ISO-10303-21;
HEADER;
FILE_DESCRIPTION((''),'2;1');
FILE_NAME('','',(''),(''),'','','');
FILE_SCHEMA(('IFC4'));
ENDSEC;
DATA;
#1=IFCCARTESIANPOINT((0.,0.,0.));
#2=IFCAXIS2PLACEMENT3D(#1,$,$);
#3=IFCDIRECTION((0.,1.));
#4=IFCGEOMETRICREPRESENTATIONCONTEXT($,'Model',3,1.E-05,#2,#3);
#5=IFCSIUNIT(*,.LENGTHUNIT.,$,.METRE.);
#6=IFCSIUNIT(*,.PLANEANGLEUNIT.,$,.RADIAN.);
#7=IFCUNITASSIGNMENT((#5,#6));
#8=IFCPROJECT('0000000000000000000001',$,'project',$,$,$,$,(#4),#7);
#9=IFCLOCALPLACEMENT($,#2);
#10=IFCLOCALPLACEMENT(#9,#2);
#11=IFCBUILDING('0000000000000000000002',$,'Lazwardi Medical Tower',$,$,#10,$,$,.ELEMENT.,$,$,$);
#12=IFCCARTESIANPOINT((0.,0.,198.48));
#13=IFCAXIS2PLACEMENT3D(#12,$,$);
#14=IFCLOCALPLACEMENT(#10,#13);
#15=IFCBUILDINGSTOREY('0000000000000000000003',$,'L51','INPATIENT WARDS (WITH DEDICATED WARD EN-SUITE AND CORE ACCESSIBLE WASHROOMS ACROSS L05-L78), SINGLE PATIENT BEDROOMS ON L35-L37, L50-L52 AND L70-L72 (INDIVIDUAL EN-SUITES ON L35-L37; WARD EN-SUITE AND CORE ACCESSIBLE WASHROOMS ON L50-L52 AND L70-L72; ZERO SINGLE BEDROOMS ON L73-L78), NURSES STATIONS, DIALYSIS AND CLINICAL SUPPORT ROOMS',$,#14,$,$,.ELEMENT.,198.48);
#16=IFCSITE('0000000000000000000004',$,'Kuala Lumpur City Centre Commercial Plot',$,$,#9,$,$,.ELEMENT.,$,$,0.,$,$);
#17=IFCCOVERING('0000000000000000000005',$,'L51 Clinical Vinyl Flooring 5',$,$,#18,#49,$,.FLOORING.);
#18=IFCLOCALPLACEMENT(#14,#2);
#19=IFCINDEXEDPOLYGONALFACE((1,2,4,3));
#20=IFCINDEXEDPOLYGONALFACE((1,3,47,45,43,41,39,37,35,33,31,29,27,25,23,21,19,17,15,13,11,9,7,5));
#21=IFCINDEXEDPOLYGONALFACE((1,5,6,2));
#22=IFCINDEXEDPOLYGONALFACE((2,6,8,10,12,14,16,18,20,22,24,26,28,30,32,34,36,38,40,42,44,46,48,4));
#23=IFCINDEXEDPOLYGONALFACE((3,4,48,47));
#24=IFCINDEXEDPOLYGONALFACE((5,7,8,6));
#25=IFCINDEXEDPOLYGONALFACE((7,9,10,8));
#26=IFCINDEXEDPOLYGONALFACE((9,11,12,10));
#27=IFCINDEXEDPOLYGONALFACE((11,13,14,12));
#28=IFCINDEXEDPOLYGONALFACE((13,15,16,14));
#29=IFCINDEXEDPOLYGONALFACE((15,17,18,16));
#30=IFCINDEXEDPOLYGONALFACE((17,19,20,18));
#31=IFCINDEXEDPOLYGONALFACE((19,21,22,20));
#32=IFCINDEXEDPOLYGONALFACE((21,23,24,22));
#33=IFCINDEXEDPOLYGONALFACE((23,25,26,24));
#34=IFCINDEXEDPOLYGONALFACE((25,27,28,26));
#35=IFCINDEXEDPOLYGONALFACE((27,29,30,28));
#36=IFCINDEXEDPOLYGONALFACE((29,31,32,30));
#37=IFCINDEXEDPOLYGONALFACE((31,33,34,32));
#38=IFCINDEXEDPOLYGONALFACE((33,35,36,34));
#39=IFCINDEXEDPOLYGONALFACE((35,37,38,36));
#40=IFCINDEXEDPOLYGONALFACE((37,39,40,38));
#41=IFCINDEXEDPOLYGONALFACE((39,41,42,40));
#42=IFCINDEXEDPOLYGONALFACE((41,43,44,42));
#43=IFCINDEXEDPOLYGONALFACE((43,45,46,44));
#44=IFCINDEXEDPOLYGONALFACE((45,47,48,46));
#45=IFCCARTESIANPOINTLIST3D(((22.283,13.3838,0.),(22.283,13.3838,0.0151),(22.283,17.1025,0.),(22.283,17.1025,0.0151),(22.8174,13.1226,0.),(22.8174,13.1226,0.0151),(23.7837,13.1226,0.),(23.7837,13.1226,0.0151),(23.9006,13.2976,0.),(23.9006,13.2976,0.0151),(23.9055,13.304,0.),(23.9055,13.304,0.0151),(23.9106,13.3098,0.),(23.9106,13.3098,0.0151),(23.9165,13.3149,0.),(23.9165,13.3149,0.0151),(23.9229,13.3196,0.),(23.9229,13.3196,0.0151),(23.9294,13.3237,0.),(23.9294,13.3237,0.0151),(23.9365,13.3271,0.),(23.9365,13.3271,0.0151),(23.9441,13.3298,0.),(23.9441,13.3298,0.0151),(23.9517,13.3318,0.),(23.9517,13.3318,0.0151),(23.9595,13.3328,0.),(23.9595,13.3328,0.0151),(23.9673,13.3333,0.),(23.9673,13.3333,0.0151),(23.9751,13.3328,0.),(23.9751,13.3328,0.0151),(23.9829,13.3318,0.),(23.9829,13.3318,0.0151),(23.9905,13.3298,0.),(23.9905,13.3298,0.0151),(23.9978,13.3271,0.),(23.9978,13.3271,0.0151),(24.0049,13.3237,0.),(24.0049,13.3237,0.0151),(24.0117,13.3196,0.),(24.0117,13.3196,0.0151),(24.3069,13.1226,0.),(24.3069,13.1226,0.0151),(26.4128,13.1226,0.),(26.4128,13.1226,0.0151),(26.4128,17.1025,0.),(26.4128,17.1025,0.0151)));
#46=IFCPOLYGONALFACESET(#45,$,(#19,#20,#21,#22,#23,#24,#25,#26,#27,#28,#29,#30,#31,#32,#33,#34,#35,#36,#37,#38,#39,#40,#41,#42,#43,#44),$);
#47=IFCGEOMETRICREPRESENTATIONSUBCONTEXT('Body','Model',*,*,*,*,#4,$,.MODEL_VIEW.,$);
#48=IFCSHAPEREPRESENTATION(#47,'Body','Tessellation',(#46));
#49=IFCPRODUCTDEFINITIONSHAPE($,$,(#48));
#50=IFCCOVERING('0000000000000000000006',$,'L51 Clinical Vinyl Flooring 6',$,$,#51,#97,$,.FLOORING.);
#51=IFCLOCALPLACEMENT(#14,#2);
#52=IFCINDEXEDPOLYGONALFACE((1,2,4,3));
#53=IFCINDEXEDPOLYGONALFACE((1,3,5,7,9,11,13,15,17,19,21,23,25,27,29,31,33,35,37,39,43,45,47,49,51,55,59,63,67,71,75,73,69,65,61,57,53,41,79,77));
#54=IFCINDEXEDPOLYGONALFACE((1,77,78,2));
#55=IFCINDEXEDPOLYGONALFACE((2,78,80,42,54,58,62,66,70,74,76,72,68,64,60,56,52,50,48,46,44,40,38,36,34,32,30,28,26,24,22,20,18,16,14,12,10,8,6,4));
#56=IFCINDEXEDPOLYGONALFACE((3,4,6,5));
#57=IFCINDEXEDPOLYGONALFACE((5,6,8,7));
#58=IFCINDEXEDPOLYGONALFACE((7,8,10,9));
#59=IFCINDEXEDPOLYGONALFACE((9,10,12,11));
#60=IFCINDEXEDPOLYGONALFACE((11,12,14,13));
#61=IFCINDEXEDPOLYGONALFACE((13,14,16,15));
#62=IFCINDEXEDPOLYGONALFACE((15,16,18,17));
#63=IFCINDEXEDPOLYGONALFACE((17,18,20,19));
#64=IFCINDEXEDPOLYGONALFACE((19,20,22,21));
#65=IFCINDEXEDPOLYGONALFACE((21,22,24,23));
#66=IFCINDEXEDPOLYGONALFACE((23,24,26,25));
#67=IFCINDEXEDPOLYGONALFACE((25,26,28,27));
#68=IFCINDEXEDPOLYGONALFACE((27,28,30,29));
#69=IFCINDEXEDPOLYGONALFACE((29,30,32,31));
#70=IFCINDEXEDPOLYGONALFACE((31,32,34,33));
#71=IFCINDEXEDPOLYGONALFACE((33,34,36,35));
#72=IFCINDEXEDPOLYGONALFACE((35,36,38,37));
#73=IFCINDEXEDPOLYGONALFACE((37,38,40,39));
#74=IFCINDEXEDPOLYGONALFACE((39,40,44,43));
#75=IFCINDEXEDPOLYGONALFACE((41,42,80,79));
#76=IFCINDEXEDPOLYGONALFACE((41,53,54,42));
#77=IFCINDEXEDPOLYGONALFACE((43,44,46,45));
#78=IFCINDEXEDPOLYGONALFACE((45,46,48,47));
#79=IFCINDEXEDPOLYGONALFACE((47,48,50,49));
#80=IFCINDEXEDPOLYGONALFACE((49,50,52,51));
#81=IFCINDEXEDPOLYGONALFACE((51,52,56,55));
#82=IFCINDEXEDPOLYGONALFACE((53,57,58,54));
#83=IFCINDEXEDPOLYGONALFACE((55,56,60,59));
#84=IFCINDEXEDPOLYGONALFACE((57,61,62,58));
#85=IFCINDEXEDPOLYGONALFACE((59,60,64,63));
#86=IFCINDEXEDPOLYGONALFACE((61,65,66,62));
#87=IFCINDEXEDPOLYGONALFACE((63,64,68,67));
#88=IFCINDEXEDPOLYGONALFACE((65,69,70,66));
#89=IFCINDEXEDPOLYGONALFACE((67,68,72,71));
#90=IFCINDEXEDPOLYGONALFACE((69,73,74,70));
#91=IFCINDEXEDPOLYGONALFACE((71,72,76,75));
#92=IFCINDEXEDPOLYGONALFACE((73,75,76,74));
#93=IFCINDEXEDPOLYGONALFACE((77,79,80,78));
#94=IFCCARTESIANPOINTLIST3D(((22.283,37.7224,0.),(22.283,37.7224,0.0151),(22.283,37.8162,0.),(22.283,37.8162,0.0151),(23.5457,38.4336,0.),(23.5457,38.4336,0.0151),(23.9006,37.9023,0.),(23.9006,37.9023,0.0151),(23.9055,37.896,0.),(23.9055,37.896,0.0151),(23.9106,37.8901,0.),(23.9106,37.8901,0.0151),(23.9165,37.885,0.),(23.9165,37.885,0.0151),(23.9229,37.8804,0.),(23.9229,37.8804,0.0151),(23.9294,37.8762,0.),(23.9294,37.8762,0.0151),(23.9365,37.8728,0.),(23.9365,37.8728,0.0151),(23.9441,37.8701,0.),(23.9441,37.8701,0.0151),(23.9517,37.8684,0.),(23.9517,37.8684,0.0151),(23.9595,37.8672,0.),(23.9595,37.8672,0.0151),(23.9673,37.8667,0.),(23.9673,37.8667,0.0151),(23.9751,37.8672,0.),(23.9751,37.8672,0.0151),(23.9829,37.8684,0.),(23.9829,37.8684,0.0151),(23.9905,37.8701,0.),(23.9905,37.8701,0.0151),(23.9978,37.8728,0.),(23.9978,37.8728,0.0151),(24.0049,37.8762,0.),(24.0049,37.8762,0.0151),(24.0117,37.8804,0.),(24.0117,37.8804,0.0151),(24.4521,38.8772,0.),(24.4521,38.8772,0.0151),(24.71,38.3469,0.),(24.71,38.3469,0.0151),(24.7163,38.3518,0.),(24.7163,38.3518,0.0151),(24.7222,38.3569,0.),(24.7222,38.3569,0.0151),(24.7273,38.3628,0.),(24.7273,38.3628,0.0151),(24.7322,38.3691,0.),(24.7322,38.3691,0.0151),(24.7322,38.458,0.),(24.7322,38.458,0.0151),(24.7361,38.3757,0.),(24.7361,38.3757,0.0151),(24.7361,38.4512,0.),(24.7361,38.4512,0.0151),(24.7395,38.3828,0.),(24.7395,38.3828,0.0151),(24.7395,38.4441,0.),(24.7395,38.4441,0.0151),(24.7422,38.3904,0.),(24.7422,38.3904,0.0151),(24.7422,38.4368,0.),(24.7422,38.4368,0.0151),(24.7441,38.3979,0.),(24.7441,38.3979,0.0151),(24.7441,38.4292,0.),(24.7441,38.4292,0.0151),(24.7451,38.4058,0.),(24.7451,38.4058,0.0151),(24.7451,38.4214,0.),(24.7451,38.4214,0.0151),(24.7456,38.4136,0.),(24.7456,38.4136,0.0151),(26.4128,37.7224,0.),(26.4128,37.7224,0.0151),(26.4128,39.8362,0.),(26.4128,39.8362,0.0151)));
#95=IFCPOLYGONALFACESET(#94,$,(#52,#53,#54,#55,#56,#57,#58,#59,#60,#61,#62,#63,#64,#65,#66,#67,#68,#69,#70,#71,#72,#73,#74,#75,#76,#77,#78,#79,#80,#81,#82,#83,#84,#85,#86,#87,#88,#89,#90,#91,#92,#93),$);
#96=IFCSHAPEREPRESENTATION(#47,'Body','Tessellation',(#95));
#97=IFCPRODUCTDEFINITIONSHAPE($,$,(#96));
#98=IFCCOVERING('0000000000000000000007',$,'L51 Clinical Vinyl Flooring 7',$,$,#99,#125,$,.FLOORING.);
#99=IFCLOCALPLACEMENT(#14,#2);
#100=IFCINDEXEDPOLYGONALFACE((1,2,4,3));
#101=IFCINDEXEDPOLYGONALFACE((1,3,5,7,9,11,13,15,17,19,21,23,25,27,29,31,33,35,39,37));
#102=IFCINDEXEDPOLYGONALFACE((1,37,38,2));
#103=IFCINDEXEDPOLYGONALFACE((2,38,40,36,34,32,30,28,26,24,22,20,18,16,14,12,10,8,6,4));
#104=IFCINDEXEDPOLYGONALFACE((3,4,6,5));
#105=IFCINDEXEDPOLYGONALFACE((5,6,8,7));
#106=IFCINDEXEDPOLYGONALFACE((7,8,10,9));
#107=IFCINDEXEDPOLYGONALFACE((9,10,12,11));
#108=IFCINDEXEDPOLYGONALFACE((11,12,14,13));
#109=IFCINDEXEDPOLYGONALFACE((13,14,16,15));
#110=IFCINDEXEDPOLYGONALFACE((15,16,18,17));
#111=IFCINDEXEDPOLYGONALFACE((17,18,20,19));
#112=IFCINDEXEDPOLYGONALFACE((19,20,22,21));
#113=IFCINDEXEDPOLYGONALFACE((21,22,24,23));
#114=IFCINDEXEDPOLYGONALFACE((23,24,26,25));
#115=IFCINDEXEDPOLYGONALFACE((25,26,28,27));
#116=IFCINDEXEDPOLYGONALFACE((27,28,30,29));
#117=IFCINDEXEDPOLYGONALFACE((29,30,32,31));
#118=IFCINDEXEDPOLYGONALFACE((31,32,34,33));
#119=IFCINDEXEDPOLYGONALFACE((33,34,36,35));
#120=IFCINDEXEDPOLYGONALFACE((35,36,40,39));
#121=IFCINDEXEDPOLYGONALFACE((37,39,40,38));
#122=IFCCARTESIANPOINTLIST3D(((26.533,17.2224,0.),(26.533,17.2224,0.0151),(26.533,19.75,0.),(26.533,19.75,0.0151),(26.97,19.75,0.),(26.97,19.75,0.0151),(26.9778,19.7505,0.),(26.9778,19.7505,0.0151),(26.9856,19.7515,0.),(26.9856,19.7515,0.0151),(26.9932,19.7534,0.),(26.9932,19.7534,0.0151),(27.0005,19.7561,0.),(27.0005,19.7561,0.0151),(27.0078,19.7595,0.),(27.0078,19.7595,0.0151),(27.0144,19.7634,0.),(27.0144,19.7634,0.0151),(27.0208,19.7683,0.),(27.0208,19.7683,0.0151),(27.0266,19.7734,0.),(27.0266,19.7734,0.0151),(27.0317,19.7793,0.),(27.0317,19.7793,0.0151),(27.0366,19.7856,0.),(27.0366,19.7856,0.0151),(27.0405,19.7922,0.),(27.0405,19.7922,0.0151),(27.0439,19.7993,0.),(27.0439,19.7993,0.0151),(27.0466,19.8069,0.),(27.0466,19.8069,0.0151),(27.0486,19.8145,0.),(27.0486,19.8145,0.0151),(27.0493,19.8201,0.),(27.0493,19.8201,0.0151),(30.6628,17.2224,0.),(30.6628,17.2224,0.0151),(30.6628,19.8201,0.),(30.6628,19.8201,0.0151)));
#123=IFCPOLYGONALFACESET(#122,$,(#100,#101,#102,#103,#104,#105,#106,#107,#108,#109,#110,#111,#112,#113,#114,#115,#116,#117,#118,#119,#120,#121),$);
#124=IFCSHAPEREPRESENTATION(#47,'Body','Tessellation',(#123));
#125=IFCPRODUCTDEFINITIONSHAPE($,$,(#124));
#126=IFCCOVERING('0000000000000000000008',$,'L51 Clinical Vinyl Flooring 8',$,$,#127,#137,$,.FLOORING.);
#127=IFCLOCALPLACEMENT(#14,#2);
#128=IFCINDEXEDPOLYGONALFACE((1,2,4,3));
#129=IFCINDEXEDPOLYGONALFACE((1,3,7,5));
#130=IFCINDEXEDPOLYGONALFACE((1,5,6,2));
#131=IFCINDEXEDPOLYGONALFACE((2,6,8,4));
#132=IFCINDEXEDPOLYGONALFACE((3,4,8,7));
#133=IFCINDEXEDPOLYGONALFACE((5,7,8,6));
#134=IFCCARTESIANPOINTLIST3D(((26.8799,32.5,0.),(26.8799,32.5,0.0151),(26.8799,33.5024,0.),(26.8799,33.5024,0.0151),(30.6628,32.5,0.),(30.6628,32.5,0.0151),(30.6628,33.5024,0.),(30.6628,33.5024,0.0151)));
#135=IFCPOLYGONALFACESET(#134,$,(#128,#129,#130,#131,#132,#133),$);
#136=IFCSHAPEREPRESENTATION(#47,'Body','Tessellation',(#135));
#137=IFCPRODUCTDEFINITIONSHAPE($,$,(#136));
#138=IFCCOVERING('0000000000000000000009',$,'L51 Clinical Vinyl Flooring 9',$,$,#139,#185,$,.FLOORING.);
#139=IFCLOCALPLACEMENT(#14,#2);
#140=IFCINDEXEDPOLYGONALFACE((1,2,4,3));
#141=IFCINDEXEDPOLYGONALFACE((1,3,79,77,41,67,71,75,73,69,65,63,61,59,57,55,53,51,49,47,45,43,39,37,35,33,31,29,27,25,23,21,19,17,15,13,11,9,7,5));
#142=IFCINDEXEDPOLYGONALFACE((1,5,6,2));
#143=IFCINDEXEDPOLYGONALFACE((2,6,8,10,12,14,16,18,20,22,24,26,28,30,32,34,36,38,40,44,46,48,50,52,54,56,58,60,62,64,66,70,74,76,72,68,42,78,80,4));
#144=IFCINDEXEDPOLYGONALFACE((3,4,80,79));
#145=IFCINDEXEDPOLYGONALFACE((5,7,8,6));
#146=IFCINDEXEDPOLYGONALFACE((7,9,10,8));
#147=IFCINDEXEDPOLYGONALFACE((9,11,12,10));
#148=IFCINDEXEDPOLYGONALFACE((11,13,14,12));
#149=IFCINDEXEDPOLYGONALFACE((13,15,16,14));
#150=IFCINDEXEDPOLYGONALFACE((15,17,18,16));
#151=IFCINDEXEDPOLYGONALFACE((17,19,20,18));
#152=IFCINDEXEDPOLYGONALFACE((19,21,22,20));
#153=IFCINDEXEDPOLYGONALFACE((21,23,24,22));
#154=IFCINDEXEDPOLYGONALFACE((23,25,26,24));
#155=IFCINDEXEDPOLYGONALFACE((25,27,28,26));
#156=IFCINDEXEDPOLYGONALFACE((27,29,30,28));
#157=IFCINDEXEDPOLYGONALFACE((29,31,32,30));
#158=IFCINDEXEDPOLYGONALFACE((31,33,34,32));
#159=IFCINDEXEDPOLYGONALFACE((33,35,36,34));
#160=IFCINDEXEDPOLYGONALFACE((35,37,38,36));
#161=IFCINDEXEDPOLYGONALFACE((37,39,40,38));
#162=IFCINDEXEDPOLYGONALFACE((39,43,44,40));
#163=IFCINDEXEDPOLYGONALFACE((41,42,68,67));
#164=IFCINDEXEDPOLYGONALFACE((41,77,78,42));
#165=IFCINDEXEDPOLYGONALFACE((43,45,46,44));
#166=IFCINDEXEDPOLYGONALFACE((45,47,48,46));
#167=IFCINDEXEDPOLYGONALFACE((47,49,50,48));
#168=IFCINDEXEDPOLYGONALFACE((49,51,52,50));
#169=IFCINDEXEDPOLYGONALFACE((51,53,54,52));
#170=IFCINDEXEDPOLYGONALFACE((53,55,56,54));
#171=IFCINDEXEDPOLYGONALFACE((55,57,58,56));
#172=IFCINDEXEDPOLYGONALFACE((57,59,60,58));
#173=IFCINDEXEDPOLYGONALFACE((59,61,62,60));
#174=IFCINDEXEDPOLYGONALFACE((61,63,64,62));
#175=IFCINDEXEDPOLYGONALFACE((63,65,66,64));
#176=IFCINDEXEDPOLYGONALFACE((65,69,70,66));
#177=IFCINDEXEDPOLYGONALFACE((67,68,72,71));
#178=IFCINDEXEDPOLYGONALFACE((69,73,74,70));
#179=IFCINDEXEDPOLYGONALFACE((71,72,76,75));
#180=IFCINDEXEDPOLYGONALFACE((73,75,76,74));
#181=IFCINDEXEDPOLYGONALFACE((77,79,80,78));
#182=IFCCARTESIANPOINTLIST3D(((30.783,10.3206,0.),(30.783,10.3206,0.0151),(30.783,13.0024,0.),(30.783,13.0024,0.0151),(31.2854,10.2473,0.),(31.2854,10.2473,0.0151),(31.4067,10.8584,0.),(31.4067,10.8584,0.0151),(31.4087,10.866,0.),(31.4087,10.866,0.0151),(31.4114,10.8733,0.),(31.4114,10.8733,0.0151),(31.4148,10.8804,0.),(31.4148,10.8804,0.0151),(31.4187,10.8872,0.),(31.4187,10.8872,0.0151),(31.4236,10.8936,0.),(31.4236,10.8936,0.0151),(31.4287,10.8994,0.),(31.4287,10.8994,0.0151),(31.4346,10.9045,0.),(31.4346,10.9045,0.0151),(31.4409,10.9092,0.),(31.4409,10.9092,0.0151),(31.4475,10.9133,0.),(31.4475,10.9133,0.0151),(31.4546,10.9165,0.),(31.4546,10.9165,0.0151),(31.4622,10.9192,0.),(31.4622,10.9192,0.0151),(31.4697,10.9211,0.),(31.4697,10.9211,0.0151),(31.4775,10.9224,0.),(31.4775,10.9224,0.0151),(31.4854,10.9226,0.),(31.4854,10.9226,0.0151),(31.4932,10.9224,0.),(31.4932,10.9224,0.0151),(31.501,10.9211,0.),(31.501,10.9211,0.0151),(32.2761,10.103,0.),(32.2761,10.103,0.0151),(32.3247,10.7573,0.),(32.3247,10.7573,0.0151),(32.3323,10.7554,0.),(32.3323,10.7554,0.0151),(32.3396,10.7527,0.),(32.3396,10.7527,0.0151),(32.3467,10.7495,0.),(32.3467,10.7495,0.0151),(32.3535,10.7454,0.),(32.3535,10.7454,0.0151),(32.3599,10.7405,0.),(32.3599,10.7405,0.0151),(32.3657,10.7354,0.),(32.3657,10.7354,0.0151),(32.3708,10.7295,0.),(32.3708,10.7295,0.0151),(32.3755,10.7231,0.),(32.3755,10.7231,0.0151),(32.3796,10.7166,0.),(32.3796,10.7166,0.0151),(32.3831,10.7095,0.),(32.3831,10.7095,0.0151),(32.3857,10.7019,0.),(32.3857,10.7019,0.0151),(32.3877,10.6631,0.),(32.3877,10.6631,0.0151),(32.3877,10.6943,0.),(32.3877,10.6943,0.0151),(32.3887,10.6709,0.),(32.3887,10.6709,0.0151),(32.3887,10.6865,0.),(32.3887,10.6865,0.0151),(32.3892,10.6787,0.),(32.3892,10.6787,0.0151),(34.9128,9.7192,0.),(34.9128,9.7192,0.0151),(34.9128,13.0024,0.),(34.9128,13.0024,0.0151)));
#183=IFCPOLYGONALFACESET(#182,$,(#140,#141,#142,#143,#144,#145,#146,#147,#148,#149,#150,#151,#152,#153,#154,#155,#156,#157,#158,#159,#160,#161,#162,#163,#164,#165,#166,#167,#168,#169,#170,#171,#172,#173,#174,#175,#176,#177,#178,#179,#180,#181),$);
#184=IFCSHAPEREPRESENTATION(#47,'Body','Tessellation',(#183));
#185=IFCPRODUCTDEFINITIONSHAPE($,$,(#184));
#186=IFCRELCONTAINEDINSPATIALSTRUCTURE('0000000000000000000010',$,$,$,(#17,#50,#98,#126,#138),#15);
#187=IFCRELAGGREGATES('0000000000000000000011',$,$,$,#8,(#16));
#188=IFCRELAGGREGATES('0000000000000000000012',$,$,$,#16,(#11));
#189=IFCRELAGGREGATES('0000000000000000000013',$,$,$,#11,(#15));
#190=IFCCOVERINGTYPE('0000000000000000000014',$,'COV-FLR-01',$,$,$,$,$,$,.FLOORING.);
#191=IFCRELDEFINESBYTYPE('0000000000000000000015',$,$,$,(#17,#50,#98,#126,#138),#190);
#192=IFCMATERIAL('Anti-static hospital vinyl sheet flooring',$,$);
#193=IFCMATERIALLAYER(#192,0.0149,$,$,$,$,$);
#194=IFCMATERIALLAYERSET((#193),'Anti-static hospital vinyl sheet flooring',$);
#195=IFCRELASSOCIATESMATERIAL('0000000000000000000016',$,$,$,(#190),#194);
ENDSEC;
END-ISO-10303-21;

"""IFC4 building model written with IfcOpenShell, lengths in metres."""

from ifc_helpers import new_model, si_unit, direction, frame, origin, place, context, subcontext, project, spatial, polyline, outline, extrude, material, layer, layer_set, type_object, element, save


model = new_model("IFC4")

# Units and contexts
model_context = context("Model", 3, precision=1e-05, world=origin(), true_north=direction((0.0, 1.0)))
body_context = subcontext(model_context, "Body", "Model", "MODEL_VIEW")
ifc_project = project(units=[si_unit("LENGTHUNIT", "METRE"), si_unit("PLANEANGLEUNIT", "RADIAN")], contexts=[model_context])

# Site, building, storey
site_placement = place(None, origin())
site = spatial("IfcSite", under=ifc_project, at=site_placement, Name="Kuala Lumpur City Centre Commercial Plot", CompositionType="ELEMENT", RefElevation=0.0)
building_placement = place(site_placement, origin())
building = spatial("IfcBuilding", under=site, at=building_placement, Name="Lazwardi Medical Tower", CompositionType="ELEMENT")
storey_placement = place(building_placement, frame((0.0, 0.0, 198.48)))
storey = spatial("IfcBuildingStorey", under=building, at=storey_placement, Name="L51", Description="INPATIENT WARDS (WITH DEDICATED WARD EN-SUITE AND CORE ACCESSIBLE WASHROOMS ACROSS L05-L78), SINGLE PATIENT BEDROOMS ON L35-L37, L50-L52 AND L70-L72 (INDIVIDUAL EN-SUITES ON L35-L37; WARD EN-SUITE AND CORE ACCESSIBLE WASHROOMS ON L50-L52 AND L70-L72; ZERO SINGLE BEDROOMS ON L73-L78), NURSES STATIONS, DIALYSIS AND CLINICAL SUPPORT ROOMS", CompositionType="ELEMENT", Elevation=198.48)

# Coverings
ifc_material_1 = material(Name="Anti-static hospital vinyl sheet flooring")
ifc_layer_1 = layer(ifc_material_1, 0.0149)
ifc_layer_set_1 = layer_set([ifc_layer_1], Name="Anti-static hospital vinyl sheet flooring")
covering_type_1 = type_object("IfcCoveringType", Name="COV-FLR-01", PredefinedType="FLOORING", material=ifc_layer_set_1)
covering_1_placement = place(storey_placement, origin())
element("IfcCovering", 1, at=covering_1_placement, inside=storey, type_object=covering_type_1, Name="L51 Clinical Vinyl Flooring 5", PredefinedType="FLOORING", context=body_context, shape_type="SweptSolid", body=[
    extrude(outline(polyline([(22.283, 13.3838), (22.8174, 13.1226), (23.7837, 13.1226), (23.9006, 13.2976), (23.9055, 13.304), (23.9106, 13.3098), (23.9165, 13.3149), (23.9229, 13.3196), (23.9294, 13.3237), (23.9365, 13.3271), (23.9441, 13.3298), (23.9517, 13.3318), (23.9595, 13.3328), (23.9673, 13.3333), (23.9751, 13.3328), (23.9829, 13.3318), (23.9905, 13.3298), (23.9978, 13.3271), (24.0049, 13.3237), (24.0117, 13.3196), (24.3069, 13.1226), (26.4128, 13.1226), (26.4128, 17.1025), (22.283, 17.1025), (22.283, 13.3838)])), origin(), (0.0, 0.0, 1.0), 0.0151),
])
covering_2_placement = place(storey_placement, origin())
element("IfcCovering", 2, at=covering_2_placement, inside=storey, type_object=covering_type_1, Name="L51 Clinical Vinyl Flooring 6", PredefinedType="FLOORING", context=body_context, shape_type="SweptSolid", body=[
    extrude(outline(polyline([(26.4128, 39.8362), (24.4521, 38.8772), (24.7322, 38.458), (24.7361, 38.4512), (24.7395, 38.4441), (24.7422, 38.4368), (24.7441, 38.4292), (24.7451, 38.4214), (24.7456, 38.4136), (24.7451, 38.4058), (24.7441, 38.3979), (24.7422, 38.3904), (24.7395, 38.3828), (24.7361, 38.3757), (24.7322, 38.3691), (24.7273, 38.3628), (24.7222, 38.3569), (24.7163, 38.3518), (24.71, 38.3469), (24.0117, 37.8804), (24.0049, 37.8762), (23.9978, 37.8728), (23.9905, 37.8701), (23.9829, 37.8684), (23.9751, 37.8672), (23.9673, 37.8667), (23.9595, 37.8672), (23.9517, 37.8684), (23.9441, 37.8701), (23.9365, 37.8728), (23.9294, 37.8762), (23.9229, 37.8804), (23.9165, 37.885), (23.9106, 37.8901), (23.9055, 37.896), (23.9006, 37.9023), (23.5457, 38.4336), (22.283, 37.8162), (22.283, 37.7224), (26.4128, 37.7224), (26.4128, 39.8362)])), origin(), (0.0, 0.0, 1.0), 0.0151),
])
covering_3_placement = place(storey_placement, origin())
element("IfcCovering", 3, at=covering_3_placement, inside=storey, type_object=covering_type_1, Name="L51 Clinical Vinyl Flooring 7", PredefinedType="FLOORING", context=body_context, shape_type="SweptSolid", body=[
    extrude(outline(polyline([(30.6628, 19.8201), (27.0493, 19.8201), (27.0486, 19.8145), (27.0466, 19.8069), (27.0439, 19.7993), (27.0405, 19.7922), (27.0366, 19.7856), (27.0317, 19.7793), (27.0266, 19.7734), (27.0208, 19.7683), (27.0144, 19.7634), (27.0078, 19.7595), (27.0005, 19.7561), (26.9932, 19.7534), (26.9856, 19.7515), (26.9778, 19.7505), (26.97, 19.75), (26.533, 19.75), (26.533, 17.2224), (30.6628, 17.2224), (30.6628, 19.8201)])), origin(), (0.0, 0.0, 1.0), 0.0151),
])
covering_4_placement = place(storey_placement, origin())
element("IfcCovering", 4, at=covering_4_placement, inside=storey, type_object=covering_type_1, Name="L51 Clinical Vinyl Flooring 8", PredefinedType="FLOORING", context=body_context, shape_type="SweptSolid", body=[
    extrude(outline(polyline([(26.8799, 33.5024), (26.8799, 32.5), (30.6628, 32.5), (30.6628, 33.5024), (26.8799, 33.5024)])), origin(), (0.0, 0.0, 1.0), 0.0151),
])
covering_5_placement = place(storey_placement, origin())
element("IfcCovering", 5, at=covering_5_placement, inside=storey, type_object=covering_type_1, Name="L51 Clinical Vinyl Flooring 9", PredefinedType="FLOORING", context=body_context, shape_type="SweptSolid", body=[
    extrude(outline(polyline([(30.783, 10.3206), (31.2854, 10.2473), (31.4067, 10.8584), (31.4087, 10.866), (31.4114, 10.8733), (31.4148, 10.8804), (31.4187, 10.8872), (31.4236, 10.8936), (31.4287, 10.8994), (31.4346, 10.9045), (31.4409, 10.9092), (31.4475, 10.9133), (31.4546, 10.9165), (31.4622, 10.9192), (31.4697, 10.9211), (31.4775, 10.9224), (31.4854, 10.9226), (31.4932, 10.9224), (31.501, 10.9211), (32.3247, 10.7573), (32.3323, 10.7554), (32.3396, 10.7527), (32.3467, 10.7495), (32.3535, 10.7454), (32.3599, 10.7405), (32.3657, 10.7354), (32.3708, 10.7295), (32.3755, 10.7231), (32.3796, 10.7166), (32.3831, 10.7095), (32.3857, 10.7019), (32.3877, 10.6943), (32.3887, 10.6865), (32.3892, 10.6787), (32.3887, 10.6709), (32.3877, 10.6631), (32.2761, 10.103), (34.9128, 9.7192), (34.9128, 13.0024), (30.783, 13.0024), (30.783, 10.3206)])), origin(), (0.0, 0.0, 1.0), 0.0151),
])

save(model, "model.ifc")
